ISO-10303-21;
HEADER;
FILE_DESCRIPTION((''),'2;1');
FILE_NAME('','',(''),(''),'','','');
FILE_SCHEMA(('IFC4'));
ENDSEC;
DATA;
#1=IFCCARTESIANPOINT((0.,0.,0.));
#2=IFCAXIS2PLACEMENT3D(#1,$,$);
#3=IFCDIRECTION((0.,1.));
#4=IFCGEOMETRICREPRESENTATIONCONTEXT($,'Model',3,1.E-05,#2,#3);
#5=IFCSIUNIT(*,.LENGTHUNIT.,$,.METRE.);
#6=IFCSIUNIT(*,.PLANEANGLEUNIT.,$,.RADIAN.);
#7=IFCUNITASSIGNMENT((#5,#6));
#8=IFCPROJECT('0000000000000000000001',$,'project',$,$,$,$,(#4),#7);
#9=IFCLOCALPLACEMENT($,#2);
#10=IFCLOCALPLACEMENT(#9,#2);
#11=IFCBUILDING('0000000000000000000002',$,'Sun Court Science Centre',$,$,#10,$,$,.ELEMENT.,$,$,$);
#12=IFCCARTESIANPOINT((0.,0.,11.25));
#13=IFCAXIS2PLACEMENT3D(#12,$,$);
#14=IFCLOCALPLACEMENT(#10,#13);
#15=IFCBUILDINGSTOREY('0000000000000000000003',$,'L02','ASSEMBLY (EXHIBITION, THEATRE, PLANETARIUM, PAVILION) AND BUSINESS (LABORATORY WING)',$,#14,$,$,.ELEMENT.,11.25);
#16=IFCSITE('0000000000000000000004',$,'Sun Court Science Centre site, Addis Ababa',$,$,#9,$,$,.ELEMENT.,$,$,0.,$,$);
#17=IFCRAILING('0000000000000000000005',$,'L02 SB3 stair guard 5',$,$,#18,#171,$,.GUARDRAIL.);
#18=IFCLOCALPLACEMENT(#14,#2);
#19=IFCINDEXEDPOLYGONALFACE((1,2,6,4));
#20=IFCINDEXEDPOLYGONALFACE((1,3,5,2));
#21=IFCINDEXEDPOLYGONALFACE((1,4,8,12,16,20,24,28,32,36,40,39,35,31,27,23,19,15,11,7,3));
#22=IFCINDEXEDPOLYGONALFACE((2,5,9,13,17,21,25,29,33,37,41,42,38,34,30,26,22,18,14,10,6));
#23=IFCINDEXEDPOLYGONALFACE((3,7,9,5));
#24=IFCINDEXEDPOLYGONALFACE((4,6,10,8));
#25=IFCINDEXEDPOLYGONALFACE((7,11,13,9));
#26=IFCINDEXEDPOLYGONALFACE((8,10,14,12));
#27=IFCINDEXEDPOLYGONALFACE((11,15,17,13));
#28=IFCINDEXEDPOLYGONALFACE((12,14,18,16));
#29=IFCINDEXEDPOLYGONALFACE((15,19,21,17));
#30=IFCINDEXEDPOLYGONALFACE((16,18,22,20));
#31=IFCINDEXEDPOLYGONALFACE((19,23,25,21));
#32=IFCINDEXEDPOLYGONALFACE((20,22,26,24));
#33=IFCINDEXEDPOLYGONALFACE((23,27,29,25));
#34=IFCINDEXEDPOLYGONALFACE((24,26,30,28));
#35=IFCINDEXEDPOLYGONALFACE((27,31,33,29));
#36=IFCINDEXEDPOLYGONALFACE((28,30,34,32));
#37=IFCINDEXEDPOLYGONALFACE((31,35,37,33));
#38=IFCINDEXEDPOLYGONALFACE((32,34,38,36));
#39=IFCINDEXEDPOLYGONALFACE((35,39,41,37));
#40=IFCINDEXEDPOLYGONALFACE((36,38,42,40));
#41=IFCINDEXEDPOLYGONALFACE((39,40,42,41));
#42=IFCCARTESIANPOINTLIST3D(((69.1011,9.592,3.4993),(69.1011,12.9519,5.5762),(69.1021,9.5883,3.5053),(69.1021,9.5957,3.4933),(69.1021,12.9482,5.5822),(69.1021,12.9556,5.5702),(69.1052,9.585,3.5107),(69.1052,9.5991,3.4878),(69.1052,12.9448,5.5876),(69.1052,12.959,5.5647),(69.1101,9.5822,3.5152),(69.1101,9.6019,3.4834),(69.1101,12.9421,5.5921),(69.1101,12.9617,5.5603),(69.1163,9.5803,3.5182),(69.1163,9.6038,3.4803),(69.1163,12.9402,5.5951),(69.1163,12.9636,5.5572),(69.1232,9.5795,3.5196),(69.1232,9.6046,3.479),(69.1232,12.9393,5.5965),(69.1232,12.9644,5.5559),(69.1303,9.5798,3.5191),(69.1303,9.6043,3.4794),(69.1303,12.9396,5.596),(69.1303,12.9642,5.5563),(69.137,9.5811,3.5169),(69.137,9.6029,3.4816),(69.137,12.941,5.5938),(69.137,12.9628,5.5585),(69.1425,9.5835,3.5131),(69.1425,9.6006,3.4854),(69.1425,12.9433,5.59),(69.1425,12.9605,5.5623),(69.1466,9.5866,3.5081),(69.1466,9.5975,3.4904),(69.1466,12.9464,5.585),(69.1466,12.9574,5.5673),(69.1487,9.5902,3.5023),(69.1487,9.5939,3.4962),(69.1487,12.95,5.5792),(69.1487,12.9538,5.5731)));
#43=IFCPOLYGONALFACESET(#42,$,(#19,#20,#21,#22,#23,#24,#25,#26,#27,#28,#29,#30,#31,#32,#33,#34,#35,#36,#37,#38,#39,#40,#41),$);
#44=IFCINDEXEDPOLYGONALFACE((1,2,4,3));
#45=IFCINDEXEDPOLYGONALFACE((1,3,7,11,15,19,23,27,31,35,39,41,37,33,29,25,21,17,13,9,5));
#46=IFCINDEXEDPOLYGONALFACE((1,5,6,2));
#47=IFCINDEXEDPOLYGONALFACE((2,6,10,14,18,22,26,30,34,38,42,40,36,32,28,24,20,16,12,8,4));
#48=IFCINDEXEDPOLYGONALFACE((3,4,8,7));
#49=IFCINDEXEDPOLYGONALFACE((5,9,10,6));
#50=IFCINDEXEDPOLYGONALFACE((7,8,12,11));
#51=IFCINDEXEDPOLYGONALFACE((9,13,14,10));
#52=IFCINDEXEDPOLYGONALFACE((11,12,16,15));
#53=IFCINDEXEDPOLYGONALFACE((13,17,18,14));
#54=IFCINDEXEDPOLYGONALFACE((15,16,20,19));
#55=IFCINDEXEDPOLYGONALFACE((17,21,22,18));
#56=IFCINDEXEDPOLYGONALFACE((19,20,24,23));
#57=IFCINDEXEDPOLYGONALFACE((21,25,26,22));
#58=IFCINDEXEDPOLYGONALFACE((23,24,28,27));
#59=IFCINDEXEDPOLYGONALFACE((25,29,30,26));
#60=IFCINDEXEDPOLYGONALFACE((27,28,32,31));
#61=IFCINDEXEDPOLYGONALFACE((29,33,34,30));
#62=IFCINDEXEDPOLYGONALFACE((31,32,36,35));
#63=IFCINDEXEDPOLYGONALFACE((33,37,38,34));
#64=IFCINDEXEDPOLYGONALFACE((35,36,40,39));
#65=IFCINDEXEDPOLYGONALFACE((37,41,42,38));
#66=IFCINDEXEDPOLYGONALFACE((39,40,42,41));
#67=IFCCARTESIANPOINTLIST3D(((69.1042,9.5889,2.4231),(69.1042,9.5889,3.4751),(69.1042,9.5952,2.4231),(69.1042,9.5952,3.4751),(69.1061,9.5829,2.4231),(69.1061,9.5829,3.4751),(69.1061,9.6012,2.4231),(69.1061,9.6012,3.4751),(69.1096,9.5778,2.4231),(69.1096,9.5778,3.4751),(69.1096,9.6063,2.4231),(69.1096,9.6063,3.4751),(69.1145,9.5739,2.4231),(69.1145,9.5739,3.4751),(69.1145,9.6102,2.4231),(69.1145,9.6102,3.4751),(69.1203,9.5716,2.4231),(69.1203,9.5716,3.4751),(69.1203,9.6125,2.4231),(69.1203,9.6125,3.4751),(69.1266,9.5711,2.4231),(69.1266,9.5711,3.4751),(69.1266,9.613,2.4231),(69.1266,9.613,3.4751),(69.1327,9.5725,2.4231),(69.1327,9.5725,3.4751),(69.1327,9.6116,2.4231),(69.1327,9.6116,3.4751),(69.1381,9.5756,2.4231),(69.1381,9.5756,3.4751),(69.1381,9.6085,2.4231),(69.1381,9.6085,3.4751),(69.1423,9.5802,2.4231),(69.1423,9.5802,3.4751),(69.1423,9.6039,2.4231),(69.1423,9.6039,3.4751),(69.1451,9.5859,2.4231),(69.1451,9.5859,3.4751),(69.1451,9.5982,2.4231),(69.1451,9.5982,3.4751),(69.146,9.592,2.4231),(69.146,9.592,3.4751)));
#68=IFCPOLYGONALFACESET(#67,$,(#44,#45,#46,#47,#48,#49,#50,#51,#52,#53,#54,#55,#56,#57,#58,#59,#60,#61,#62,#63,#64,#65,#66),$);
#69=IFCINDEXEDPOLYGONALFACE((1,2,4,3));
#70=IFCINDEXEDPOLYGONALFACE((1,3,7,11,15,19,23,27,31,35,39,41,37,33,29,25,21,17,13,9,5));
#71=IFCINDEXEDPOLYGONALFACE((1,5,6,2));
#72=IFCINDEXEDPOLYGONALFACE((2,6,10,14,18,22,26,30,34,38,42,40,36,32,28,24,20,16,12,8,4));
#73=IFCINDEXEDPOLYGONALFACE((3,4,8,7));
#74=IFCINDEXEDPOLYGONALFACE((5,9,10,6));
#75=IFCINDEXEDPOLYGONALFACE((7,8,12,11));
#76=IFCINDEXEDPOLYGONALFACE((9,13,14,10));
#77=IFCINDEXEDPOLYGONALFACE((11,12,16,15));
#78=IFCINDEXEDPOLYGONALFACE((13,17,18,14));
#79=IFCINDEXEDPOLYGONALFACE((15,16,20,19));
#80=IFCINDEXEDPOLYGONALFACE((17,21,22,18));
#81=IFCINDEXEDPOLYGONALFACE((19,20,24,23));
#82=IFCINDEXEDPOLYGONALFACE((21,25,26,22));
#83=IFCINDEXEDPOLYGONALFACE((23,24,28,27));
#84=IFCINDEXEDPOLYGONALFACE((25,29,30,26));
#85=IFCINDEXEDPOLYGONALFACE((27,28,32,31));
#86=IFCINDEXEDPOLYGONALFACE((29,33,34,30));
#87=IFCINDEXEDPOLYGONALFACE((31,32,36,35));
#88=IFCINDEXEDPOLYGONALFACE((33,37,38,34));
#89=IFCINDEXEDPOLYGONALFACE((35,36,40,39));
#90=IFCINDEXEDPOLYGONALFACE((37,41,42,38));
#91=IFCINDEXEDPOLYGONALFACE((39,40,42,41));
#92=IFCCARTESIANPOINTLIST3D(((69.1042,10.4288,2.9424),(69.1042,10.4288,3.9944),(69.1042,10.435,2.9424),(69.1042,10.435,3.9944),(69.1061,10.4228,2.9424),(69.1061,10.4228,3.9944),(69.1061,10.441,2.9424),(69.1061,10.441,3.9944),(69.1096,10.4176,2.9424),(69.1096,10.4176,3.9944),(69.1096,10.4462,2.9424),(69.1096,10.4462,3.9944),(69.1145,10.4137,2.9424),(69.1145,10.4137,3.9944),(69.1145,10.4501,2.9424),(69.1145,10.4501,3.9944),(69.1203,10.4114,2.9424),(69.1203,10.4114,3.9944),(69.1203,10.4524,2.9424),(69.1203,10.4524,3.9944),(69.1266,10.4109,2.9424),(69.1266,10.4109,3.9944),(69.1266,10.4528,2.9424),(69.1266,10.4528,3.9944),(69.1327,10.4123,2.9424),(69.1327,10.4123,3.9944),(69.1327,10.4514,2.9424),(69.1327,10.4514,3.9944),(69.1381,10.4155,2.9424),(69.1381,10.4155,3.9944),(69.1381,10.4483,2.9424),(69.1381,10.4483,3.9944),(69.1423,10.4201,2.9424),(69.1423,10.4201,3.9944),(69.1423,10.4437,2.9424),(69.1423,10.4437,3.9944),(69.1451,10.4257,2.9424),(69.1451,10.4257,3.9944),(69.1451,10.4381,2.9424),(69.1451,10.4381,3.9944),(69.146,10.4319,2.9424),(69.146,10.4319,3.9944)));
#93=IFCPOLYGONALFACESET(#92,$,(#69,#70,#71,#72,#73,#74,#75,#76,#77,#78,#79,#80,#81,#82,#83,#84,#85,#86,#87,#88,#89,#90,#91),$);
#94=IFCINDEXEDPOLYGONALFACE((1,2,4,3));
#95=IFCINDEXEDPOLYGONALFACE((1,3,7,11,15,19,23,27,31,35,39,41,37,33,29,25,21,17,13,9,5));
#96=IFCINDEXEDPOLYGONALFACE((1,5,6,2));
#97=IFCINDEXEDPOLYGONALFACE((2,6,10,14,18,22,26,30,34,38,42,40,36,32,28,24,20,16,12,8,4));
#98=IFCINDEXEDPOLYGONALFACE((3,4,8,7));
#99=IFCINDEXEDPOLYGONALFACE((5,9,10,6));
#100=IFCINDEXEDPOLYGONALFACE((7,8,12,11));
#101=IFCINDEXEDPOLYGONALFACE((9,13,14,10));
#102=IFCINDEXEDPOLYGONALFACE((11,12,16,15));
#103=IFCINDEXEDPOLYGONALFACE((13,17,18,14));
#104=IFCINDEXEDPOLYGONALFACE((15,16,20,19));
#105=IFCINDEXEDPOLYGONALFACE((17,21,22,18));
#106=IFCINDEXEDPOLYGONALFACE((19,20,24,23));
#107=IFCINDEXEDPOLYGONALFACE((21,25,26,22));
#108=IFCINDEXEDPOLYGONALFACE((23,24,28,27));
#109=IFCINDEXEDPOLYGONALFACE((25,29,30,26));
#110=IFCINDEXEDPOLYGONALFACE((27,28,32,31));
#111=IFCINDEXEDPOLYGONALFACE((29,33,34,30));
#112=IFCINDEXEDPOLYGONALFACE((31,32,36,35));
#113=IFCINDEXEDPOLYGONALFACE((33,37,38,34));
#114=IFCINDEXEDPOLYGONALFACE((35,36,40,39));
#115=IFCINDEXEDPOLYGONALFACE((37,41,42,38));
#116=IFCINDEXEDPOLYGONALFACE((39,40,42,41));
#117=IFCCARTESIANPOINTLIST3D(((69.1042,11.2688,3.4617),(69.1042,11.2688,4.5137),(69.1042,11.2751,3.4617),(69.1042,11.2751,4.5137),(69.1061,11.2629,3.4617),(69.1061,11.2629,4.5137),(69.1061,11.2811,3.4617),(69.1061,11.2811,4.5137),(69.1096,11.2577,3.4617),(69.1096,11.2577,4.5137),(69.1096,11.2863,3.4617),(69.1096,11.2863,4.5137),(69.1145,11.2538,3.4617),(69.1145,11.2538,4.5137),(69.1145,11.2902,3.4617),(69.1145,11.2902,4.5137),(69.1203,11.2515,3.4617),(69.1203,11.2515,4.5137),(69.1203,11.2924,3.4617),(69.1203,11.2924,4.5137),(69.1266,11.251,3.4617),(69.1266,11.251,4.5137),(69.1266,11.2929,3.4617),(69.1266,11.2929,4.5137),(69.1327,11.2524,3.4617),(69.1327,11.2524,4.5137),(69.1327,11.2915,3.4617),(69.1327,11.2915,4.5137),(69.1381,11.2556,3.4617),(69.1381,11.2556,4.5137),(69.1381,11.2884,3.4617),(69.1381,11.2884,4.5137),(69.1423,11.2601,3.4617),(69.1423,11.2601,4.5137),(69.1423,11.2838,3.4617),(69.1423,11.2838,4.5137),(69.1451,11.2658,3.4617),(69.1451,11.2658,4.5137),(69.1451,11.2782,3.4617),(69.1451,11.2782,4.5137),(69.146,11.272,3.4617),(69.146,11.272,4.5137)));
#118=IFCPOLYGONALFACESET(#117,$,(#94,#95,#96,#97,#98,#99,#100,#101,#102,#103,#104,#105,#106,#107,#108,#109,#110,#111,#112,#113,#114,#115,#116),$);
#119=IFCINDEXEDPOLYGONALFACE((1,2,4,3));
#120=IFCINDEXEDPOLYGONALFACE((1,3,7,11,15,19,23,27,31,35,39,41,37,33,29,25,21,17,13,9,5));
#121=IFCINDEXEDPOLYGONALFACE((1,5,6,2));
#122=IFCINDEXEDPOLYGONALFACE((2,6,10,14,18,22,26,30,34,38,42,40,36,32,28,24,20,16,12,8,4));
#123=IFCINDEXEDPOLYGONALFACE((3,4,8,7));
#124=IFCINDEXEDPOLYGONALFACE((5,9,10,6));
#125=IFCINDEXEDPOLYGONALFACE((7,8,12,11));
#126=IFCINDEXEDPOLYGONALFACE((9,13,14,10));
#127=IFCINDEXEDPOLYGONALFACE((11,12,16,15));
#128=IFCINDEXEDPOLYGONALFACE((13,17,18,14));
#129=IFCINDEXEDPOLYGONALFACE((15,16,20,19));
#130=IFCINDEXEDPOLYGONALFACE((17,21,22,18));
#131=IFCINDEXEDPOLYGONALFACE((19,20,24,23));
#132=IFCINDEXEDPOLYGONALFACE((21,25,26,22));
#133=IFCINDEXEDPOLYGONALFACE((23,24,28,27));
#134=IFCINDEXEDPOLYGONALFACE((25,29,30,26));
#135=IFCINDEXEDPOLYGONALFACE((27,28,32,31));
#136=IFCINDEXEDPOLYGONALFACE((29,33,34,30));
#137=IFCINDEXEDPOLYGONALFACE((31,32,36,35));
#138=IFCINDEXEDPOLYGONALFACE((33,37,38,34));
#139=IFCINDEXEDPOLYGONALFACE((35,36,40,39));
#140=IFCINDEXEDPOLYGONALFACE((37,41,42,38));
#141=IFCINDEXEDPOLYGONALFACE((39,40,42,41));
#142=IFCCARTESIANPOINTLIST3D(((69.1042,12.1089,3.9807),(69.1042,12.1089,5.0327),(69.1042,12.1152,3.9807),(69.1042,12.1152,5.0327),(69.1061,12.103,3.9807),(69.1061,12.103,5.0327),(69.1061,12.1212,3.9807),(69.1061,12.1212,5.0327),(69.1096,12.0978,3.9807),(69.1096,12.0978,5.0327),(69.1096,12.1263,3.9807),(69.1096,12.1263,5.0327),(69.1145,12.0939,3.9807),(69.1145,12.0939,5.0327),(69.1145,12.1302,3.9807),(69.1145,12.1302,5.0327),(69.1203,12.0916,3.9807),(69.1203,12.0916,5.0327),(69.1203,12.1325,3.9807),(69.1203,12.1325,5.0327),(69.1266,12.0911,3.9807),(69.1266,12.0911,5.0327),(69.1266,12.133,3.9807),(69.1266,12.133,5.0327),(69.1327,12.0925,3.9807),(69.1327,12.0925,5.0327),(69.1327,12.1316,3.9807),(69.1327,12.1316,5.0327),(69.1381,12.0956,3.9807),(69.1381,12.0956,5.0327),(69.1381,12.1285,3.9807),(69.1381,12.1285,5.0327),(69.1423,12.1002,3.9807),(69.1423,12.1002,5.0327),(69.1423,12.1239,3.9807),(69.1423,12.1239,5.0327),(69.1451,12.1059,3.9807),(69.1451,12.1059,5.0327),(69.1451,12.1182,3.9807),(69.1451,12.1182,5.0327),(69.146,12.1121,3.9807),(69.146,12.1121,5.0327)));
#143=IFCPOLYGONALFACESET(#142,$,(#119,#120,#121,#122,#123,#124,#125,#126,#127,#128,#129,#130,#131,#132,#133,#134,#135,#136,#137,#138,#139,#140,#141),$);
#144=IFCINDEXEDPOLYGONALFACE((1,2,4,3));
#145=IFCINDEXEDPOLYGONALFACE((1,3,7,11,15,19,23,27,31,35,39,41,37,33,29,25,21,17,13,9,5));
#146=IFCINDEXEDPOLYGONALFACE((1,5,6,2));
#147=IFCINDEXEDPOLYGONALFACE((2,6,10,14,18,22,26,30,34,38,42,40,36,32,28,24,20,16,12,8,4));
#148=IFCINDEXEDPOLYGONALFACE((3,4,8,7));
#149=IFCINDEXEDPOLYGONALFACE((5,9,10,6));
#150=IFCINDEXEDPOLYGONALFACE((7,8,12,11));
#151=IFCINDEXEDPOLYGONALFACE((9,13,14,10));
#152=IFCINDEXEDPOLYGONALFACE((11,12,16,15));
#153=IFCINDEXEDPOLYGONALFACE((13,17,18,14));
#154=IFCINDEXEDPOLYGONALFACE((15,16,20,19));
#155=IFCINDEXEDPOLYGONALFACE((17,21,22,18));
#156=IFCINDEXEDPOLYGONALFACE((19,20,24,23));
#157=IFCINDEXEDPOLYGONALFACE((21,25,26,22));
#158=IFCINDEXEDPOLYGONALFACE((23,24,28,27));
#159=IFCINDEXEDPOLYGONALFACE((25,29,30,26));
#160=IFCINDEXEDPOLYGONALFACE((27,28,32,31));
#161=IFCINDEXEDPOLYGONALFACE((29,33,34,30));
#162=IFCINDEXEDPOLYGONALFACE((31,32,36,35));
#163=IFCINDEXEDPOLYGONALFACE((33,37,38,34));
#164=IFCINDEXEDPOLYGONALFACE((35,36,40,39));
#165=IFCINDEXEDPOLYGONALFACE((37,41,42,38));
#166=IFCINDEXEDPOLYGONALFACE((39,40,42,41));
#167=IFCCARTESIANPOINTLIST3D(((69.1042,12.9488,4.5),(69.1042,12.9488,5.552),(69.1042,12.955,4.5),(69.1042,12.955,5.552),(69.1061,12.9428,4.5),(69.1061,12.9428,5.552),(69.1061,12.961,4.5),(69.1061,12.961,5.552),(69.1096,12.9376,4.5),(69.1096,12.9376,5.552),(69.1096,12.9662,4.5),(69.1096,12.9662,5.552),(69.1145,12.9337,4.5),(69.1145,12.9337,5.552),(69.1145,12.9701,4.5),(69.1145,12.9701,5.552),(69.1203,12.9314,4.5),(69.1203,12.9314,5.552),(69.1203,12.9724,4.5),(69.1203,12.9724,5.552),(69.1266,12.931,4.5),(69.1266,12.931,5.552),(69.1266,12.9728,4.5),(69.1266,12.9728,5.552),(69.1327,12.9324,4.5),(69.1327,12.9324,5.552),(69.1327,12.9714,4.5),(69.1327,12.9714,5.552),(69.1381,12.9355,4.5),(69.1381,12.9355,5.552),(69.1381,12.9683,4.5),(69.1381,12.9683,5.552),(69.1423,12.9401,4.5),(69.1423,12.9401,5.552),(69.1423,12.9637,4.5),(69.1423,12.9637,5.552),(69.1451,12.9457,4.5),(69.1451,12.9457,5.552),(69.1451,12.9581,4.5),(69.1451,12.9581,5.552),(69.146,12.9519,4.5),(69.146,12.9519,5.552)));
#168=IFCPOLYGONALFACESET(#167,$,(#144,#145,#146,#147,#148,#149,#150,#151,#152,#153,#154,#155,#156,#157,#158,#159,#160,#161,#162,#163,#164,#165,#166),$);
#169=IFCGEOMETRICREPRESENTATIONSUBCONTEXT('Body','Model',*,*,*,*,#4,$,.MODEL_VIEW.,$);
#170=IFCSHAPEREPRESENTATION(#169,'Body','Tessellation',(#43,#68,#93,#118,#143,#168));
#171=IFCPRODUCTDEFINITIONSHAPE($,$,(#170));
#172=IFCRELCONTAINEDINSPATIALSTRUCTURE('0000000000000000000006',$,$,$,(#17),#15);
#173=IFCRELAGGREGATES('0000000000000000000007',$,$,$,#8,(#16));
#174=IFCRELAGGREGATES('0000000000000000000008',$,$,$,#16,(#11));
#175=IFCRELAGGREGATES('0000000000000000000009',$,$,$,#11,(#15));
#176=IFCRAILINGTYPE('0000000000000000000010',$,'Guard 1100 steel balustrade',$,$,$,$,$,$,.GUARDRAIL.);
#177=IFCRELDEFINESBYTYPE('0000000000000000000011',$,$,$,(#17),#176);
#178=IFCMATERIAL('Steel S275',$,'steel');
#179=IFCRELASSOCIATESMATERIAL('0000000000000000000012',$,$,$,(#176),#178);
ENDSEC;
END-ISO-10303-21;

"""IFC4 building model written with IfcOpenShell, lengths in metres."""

from ifc_helpers import new_model, si_unit, direction, frame, origin, origin_2d, place, context, subcontext, project, spatial, circle, extrude, material, type_object, element, save


model = new_model("IFC4")

# Units and contexts
model_context = context("Model", 3, precision=1e-05, world=origin(), true_north=direction((0.0, 1.0)))
body_context = subcontext(model_context, "Body", "Model", "MODEL_VIEW")
ifc_project = project(units=[si_unit("LENGTHUNIT", "METRE"), si_unit("PLANEANGLEUNIT", "RADIAN")], contexts=[model_context])

# Site, building, storey
site_placement = place(None, origin())
site = spatial("IfcSite", under=ifc_project, at=site_placement, Name="Sun Court Science Centre site, Addis Ababa", CompositionType="ELEMENT", RefElevation=0.0)
building_placement = place(site_placement, origin())
building = spatial("IfcBuilding", under=site, at=building_placement, Name="Sun Court Science Centre", CompositionType="ELEMENT")
storey_placement = place(building_placement, frame((0.0, 0.0, 11.25)))
storey = spatial("IfcBuildingStorey", under=building, at=storey_placement, Name="L02", Description="ASSEMBLY (EXHIBITION, THEATRE, PLANETARIUM, PAVILION) AND BUSINESS (LABORATORY WING)", CompositionType="ELEMENT", Elevation=11.25)

# Railing
ifc_material_1 = material(Name="Steel S275", Category="steel")
railing_type_1 = type_object("IfcRailingType", Name="Guard 1100 steel balustrade", PredefinedType="GUARDRAIL", material=ifc_material_1)
railing_1_placement = place(storey_placement, frame((69.125, 9.592, 2.4231)))
element("IfcRailing", 1, at=railing_1_placement, inside=storey, type_object=railing_type_1, Name="L02 SB3 stair guard 5", PredefinedType="GUARDRAIL", context=body_context, shape_type="SweptSolid", body=[
    extrude(circle(Radius=0.0239, at=origin_2d()), frame((0.0, 0.0, 1.0762), z_axis=(0.0, 0.850606, 0.525803), x_axis=(-1.0, 0.0, 0.0)), (0.0, 0.0, 1.0), 3.95),
    extrude(circle(Radius=0.021, at=origin_2d()), origin(), (0.0, 0.0, 1.0), 1.052),
    extrude(circle(Radius=0.021, at=origin_2d()), frame((0.0, 0.8398, 0.5193)), (0.0, 0.0, 1.0), 1.052),
    extrude(circle(Radius=0.021, at=origin_2d()), frame((0.0, 1.6799, 1.0386)), (0.0, 0.0, 1.0), 1.052),
    extrude(circle(Radius=0.021, at=origin_2d()), frame((0.0, 2.52, 1.5576)), (0.0, 0.0, 1.0), 1.052),
    extrude(circle(Radius=0.021, at=origin_2d()), frame((0.0, 3.3599, 2.0769)), (0.0, 0.0, 1.0), 1.052),
])

save(model, "model.ifc")
